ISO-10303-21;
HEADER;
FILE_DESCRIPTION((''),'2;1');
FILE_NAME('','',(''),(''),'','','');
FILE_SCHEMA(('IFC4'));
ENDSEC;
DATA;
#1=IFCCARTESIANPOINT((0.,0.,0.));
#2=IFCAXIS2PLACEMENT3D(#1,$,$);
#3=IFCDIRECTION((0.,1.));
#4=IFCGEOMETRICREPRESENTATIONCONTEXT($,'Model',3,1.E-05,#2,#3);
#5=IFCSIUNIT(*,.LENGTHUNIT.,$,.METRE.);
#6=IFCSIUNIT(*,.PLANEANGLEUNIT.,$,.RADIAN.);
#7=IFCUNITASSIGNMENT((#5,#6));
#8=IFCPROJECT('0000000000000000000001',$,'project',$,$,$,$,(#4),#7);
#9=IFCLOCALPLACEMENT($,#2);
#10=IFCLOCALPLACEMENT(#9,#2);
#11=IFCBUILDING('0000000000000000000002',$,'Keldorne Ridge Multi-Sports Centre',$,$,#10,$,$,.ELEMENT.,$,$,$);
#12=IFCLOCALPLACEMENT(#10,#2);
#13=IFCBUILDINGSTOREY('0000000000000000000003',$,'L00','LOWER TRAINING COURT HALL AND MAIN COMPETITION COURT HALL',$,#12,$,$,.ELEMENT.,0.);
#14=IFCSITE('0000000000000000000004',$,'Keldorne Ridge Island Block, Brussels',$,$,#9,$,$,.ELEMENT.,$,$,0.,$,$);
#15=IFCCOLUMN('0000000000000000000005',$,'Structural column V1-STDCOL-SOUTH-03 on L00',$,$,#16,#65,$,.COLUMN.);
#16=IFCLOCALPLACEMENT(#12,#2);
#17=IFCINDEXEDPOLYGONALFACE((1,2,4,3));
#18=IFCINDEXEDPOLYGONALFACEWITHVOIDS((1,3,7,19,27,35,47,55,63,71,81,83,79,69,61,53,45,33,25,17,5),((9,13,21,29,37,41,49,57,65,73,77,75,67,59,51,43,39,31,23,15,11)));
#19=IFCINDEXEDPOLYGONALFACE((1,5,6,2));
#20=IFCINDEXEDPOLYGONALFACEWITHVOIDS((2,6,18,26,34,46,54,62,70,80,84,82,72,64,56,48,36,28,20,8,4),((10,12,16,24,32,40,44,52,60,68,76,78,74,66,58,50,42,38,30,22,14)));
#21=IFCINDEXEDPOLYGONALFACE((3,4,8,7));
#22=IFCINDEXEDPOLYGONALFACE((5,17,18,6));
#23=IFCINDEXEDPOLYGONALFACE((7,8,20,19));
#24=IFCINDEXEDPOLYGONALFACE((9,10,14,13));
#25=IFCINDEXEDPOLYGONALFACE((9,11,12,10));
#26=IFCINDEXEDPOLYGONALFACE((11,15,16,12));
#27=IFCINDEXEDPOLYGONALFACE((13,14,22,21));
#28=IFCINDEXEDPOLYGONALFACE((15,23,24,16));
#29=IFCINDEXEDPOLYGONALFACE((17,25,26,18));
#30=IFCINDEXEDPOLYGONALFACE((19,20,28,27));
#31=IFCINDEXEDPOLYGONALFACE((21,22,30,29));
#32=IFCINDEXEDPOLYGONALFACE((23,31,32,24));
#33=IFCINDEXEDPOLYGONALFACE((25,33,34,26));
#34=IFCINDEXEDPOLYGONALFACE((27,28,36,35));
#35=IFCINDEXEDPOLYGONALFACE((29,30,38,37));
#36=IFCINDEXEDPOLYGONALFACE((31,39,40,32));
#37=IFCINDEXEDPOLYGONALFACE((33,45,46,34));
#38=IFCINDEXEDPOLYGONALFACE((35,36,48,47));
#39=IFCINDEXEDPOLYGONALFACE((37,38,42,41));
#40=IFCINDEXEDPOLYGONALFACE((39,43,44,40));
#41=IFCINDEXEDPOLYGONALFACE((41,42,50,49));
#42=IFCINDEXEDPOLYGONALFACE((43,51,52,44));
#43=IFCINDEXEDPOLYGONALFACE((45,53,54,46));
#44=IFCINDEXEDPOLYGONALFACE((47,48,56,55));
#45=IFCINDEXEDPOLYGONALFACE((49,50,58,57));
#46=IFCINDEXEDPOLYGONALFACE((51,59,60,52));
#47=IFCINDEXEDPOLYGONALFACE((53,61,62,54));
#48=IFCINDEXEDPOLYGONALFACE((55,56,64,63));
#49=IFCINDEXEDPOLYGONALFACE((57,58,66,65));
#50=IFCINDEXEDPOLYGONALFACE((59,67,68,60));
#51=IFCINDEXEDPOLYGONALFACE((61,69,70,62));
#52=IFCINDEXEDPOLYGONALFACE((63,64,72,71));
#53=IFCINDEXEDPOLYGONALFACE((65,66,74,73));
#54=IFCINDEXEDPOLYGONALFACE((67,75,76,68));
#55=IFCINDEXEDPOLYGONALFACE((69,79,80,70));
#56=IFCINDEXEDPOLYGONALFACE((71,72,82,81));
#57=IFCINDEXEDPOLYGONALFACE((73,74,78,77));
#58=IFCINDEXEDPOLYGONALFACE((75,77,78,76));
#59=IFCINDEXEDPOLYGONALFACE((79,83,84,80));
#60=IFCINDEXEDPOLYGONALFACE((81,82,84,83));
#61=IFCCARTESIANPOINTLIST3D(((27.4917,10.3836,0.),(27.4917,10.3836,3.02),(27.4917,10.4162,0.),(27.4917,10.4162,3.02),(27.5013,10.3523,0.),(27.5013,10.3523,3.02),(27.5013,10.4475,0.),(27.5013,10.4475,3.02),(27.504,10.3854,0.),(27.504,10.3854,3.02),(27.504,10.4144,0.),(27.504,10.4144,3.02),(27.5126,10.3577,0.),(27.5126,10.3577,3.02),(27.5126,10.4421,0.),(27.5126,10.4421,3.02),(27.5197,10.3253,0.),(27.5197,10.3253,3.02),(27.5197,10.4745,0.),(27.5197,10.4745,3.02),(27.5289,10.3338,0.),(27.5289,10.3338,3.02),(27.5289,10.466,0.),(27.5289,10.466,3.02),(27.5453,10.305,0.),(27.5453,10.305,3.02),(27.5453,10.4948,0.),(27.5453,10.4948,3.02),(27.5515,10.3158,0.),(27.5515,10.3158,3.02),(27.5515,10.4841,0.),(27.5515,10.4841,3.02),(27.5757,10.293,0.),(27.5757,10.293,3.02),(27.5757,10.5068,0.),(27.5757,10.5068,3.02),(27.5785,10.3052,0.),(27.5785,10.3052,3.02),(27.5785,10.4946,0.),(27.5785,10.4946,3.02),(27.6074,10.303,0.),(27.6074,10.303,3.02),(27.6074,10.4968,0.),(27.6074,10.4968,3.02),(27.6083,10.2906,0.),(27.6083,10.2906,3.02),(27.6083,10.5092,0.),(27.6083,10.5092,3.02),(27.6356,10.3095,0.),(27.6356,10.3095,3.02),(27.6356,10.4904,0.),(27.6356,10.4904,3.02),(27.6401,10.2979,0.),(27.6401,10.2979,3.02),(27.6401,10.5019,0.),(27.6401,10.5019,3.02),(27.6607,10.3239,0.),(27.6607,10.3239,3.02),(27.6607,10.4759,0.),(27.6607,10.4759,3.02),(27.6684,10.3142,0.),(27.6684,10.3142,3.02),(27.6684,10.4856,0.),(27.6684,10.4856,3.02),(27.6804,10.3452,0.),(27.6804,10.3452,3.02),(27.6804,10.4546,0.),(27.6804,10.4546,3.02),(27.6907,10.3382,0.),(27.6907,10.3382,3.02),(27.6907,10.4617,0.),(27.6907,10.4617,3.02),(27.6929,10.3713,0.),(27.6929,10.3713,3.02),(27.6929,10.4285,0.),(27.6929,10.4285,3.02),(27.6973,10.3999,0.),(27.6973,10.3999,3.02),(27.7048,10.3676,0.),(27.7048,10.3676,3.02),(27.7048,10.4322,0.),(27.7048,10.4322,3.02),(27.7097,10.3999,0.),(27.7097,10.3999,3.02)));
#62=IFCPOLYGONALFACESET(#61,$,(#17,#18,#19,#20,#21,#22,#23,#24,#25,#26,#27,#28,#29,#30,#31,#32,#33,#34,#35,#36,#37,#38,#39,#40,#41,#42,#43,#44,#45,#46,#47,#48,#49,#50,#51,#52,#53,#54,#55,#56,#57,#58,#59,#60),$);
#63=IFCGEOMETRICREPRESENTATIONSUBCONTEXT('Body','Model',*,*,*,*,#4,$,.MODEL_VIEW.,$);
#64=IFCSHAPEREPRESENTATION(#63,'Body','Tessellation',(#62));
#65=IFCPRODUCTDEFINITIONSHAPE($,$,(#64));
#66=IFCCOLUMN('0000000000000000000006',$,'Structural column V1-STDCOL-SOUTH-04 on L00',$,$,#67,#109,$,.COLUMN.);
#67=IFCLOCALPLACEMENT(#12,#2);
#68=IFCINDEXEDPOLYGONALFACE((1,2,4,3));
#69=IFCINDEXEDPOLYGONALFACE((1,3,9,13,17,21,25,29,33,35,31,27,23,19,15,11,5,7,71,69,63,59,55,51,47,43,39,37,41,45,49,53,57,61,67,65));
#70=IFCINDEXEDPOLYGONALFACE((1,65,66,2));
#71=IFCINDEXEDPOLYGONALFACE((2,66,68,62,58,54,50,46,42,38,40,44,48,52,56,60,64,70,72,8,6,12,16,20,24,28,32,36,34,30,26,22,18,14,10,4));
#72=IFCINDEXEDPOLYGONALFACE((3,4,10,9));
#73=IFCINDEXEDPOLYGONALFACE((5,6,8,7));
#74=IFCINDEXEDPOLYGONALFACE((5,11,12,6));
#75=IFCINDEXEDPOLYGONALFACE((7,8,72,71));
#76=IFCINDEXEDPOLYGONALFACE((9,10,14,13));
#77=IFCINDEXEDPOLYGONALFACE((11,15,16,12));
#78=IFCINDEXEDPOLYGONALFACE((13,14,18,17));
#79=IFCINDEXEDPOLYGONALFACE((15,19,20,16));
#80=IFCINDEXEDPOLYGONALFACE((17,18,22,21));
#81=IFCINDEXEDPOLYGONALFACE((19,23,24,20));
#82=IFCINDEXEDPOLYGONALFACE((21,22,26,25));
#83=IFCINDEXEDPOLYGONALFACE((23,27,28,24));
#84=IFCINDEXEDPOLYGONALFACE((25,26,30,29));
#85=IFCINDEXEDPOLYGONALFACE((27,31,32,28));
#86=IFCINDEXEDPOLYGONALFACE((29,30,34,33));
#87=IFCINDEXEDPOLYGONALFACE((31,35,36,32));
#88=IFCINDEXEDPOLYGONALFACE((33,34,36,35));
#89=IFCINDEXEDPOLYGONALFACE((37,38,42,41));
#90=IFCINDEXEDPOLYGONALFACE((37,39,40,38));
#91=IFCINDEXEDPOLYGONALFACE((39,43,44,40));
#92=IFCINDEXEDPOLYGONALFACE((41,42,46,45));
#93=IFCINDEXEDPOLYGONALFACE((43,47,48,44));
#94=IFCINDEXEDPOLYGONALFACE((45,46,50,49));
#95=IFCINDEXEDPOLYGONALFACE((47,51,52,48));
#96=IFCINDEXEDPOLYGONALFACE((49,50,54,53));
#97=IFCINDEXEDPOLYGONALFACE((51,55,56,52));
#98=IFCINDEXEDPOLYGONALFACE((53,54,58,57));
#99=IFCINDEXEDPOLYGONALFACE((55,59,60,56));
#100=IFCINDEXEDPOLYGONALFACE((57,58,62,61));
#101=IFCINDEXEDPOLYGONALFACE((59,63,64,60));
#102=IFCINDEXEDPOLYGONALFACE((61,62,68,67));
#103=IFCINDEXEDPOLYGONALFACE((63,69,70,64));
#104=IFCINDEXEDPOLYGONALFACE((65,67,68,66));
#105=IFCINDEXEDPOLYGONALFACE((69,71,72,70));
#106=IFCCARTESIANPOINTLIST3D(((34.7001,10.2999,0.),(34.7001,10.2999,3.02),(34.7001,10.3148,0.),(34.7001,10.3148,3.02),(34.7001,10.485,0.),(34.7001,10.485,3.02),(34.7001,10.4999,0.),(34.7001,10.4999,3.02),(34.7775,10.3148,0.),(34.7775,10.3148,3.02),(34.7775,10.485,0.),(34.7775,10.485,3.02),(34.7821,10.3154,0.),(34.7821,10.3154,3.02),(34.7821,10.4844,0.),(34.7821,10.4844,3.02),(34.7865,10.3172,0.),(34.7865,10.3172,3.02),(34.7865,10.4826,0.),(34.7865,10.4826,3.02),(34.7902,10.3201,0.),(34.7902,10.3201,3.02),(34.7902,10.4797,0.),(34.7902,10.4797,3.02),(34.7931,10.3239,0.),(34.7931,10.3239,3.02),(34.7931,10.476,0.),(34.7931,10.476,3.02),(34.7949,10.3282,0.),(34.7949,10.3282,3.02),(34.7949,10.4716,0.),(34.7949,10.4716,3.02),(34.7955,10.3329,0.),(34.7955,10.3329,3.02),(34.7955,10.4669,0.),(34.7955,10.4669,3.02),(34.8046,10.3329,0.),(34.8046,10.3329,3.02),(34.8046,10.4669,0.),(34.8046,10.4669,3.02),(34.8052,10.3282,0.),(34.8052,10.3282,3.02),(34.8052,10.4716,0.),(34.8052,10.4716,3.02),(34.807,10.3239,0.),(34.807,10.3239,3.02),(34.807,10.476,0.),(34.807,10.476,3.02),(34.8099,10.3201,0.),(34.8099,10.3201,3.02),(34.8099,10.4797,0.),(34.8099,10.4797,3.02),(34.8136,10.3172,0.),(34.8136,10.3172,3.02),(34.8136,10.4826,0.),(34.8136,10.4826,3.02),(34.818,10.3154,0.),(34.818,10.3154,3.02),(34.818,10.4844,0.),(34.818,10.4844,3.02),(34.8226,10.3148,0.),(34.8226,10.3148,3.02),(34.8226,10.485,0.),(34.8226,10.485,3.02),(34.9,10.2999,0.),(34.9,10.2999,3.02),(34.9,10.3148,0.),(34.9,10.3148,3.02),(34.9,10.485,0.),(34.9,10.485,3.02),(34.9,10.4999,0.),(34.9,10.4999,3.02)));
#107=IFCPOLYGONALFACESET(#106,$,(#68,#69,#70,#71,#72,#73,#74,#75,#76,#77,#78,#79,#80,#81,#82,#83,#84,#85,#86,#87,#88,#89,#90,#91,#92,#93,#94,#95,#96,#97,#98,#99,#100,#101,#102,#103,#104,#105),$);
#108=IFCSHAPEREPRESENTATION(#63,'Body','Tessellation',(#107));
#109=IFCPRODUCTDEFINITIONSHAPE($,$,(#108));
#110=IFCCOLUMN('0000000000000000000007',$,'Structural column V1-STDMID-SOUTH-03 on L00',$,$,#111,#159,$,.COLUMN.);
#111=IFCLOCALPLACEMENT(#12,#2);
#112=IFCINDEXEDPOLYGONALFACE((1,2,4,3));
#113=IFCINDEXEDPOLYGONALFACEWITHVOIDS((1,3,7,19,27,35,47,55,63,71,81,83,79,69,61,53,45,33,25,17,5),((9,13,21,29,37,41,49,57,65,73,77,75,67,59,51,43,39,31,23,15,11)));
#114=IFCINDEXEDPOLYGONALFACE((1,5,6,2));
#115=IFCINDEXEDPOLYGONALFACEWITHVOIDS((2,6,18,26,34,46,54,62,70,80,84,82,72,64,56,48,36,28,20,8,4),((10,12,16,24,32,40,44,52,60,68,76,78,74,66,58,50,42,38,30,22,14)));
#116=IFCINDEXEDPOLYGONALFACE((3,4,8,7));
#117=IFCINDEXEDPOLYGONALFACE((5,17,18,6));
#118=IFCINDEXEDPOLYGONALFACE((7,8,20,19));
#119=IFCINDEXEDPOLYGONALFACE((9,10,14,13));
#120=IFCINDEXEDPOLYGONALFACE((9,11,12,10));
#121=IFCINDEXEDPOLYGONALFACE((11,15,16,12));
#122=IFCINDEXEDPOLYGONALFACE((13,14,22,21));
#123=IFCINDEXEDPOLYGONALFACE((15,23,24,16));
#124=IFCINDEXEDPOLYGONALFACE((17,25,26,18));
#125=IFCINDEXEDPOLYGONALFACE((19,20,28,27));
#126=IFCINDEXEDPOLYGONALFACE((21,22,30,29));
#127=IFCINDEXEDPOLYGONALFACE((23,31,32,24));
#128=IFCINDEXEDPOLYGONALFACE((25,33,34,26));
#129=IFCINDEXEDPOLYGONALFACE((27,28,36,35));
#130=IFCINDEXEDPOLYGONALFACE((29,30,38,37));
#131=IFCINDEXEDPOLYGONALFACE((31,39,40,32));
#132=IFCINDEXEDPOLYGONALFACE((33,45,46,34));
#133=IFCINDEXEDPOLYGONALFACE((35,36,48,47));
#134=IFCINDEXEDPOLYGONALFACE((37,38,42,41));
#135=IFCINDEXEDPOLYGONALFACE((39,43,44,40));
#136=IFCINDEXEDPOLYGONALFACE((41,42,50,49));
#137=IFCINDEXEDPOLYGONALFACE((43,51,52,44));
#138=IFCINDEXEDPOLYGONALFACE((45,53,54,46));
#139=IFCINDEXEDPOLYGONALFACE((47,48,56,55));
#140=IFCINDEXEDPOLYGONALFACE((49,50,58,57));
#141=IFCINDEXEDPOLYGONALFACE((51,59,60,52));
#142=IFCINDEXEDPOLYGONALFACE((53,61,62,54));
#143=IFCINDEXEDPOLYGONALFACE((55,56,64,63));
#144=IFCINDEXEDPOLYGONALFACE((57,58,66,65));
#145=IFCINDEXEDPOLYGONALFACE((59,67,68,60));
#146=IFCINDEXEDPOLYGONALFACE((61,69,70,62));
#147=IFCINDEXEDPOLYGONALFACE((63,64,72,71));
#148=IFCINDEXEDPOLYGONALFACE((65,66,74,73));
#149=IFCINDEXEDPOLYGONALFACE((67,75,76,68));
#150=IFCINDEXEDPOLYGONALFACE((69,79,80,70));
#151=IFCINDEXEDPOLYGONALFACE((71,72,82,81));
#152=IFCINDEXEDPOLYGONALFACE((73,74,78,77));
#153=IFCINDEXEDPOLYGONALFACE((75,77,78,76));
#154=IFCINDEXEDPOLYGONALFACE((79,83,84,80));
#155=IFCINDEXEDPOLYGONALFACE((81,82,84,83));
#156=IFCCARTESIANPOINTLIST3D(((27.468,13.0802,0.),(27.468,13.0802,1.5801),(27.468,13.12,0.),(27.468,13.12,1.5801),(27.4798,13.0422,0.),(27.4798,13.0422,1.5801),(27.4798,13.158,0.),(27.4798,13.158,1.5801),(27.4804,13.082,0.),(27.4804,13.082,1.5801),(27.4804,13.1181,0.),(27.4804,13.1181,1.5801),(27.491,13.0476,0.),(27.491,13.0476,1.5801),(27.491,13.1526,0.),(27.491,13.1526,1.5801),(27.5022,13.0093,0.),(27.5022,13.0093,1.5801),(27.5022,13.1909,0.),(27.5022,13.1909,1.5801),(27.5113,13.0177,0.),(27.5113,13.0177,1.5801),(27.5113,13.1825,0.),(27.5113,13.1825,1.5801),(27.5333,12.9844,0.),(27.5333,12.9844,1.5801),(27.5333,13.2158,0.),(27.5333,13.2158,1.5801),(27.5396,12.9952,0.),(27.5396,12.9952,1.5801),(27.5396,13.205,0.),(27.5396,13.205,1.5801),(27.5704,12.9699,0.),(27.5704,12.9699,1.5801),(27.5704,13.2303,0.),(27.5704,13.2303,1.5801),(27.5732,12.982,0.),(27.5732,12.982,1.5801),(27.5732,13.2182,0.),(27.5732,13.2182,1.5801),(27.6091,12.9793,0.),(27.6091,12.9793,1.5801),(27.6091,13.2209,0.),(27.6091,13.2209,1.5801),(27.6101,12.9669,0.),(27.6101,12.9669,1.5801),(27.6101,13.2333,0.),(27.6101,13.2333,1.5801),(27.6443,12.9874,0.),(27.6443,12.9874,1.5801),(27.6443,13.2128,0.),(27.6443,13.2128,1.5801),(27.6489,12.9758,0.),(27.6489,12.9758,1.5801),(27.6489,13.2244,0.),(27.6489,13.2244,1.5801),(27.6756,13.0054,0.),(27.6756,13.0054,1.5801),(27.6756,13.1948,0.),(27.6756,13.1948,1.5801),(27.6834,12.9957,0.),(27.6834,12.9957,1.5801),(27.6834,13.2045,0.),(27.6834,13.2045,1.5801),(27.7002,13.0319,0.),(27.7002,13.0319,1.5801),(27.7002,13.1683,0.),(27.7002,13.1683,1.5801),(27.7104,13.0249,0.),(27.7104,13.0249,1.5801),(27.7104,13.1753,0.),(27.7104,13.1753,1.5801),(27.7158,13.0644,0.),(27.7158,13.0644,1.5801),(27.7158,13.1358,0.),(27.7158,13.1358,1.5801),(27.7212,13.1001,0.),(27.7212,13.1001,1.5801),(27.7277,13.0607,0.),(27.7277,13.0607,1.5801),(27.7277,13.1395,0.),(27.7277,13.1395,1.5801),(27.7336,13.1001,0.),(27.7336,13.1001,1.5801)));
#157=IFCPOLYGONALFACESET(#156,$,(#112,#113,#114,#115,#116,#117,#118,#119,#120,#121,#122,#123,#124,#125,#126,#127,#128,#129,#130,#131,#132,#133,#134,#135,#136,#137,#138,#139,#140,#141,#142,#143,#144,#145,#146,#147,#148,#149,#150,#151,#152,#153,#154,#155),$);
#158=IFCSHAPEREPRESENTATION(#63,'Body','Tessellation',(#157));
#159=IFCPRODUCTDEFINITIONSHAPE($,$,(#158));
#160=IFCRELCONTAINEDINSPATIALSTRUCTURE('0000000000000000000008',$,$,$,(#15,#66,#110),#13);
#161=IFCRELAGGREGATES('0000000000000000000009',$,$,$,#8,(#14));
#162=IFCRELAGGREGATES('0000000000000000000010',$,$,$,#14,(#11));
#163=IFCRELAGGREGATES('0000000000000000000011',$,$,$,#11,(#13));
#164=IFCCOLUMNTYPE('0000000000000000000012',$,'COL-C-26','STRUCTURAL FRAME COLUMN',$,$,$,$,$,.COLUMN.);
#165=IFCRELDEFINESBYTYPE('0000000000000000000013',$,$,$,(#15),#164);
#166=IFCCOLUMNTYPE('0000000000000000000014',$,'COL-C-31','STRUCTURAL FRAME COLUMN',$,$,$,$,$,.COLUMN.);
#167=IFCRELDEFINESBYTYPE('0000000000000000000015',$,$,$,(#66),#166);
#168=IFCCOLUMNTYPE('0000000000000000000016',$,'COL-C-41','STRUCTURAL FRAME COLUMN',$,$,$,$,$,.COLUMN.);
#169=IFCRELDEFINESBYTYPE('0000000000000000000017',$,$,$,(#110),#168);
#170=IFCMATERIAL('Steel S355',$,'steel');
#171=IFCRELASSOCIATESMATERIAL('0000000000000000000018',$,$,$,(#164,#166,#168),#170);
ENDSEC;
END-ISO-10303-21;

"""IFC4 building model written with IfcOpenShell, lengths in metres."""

from ifc_helpers import new_model, si_unit, direction, frame, origin, origin_2d, place, context, subcontext, project, spatial, hollow_circle, i_section, extrude, material, material_profile, profile_set, type_object, element, save


model = new_model("IFC4")

# Units and contexts
model_context = context("Model", 3, precision=1e-05, world=origin(), true_north=direction((0.0, 1.0)))
body_context = subcontext(model_context, "Body", "Model", "MODEL_VIEW")
ifc_project = project(units=[si_unit("LENGTHUNIT", "METRE"), si_unit("PLANEANGLEUNIT", "RADIAN")], contexts=[model_context])

# Site, building, storey
site_placement = place(None, origin())
site = spatial("IfcSite", under=ifc_project, at=site_placement, Name="Keldorne Ridge Island Block, Brussels", CompositionType="ELEMENT", RefElevation=0.0)
building_placement = place(site_placement, origin())
building = spatial("IfcBuilding", under=site, at=building_placement, Name="Keldorne Ridge Multi-Sports Centre", CompositionType="ELEMENT")
storey_placement = place(building_placement, origin())
storey = spatial("IfcBuildingStorey", under=building, at=storey_placement, Name="L00", Description="LOWER TRAINING COURT HALL AND MAIN COMPETITION COURT HALL", CompositionType="ELEMENT", Elevation=0.0)

# Columns
ifc_material_1 = material(Name="Steel S355", Category="steel")
ifc_material_profile_1 = material_profile(ifc_material_1, hollow_circle(Radius=0.1096, WallThickness=0.0125, at=origin_2d()), Name="CHS 219.1x12.5")
ifc_profile_set_1 = profile_set([ifc_material_profile_1], Name="Steel S355")
column_type_1 = type_object("IfcColumnType", Name="COL-C-26", Description="STRUCTURAL FRAME COLUMN", PredefinedType="COLUMN", material=ifc_profile_set_1)
column_1_placement = place(storey_placement, frame((27.6001, 10.3999, 0.0), z_axis=(0.0, 0.0, 1.0), x_axis=(1.0, 0.0, 0.0)))
element("IfcColumn", 1, at=column_1_placement, inside=storey, type_object=column_type_1, Name="Structural column V1-STDCOL-SOUTH-03 on L00", PredefinedType="COLUMN", context=body_context, shape_type="SweptSolid", body=[
    extrude(hollow_circle(Radius=0.1096, WallThickness=0.0125, at=origin_2d()), origin(), (0.0, 0.0, 1.0), 3.02),
])
ifc_material_profile_2 = material_profile(ifc_material_1, i_section(OverallWidth=0.2, OverallDepth=0.2, WebThickness=0.009, FlangeThickness=0.0149, FilletRadius=0.0181, at=origin_2d()), Name="HEB 200")
ifc_profile_set_2 = profile_set([ifc_material_profile_2], Name="Steel S355")
column_type_2 = type_object("IfcColumnType", Name="COL-C-31", Description="STRUCTURAL FRAME COLUMN", PredefinedType="COLUMN", material=ifc_profile_set_2)
column_2_placement = place(storey_placement, frame((34.8, 10.3999, 0.0), z_axis=(0.0, 0.0, 1.0), x_axis=(1.0, 0.0, 0.0)))
element("IfcColumn", 2, at=column_2_placement, inside=storey, type_object=column_type_2, Name="Structural column V1-STDCOL-SOUTH-04 on L00", PredefinedType="COLUMN", context=body_context, shape_type="SweptSolid", body=[
    extrude(i_section(OverallWidth=0.2, OverallDepth=0.2, WebThickness=0.009, FlangeThickness=0.0149, FilletRadius=0.0181, at=origin_2d()), origin(), (0.0, 0.0, 1.0), 3.02),
])
ifc_material_profile_3 = material_profile(ifc_material_1, hollow_circle(Radius=0.1335, WallThickness=0.0125, at=origin_2d()), Name="CHS 267x12.5")
ifc_profile_set_3 = profile_set([ifc_material_profile_3], Name="Steel S355")
column_type_3 = type_object("IfcColumnType", Name="COL-C-41", Description="STRUCTURAL FRAME COLUMN", PredefinedType="COLUMN", material=ifc_profile_set_3)
for number, where, z_axis, x_axis, name in (
    (3, (27.6001, 13.1001, 0.0), (0.0, 0.0, 1.0), (1.0, 0.0, 0.0), "Structural column V1-STDMID-SOUTH-03 on L00"),
):
    element("IfcColumn", number, at=place(storey_placement, frame(where, z_axis=z_axis, x_axis=x_axis)), inside=storey, type_object=column_type_3, Name=name, PredefinedType="COLUMN", context=body_context, shape_type="SweptSolid", body=[
        extrude(hollow_circle(Radius=0.1335, WallThickness=0.0125, at=origin_2d()), origin(), (0.0, 0.0, 1.0), 1.5801),
    ])

save(model, "model.ifc")
